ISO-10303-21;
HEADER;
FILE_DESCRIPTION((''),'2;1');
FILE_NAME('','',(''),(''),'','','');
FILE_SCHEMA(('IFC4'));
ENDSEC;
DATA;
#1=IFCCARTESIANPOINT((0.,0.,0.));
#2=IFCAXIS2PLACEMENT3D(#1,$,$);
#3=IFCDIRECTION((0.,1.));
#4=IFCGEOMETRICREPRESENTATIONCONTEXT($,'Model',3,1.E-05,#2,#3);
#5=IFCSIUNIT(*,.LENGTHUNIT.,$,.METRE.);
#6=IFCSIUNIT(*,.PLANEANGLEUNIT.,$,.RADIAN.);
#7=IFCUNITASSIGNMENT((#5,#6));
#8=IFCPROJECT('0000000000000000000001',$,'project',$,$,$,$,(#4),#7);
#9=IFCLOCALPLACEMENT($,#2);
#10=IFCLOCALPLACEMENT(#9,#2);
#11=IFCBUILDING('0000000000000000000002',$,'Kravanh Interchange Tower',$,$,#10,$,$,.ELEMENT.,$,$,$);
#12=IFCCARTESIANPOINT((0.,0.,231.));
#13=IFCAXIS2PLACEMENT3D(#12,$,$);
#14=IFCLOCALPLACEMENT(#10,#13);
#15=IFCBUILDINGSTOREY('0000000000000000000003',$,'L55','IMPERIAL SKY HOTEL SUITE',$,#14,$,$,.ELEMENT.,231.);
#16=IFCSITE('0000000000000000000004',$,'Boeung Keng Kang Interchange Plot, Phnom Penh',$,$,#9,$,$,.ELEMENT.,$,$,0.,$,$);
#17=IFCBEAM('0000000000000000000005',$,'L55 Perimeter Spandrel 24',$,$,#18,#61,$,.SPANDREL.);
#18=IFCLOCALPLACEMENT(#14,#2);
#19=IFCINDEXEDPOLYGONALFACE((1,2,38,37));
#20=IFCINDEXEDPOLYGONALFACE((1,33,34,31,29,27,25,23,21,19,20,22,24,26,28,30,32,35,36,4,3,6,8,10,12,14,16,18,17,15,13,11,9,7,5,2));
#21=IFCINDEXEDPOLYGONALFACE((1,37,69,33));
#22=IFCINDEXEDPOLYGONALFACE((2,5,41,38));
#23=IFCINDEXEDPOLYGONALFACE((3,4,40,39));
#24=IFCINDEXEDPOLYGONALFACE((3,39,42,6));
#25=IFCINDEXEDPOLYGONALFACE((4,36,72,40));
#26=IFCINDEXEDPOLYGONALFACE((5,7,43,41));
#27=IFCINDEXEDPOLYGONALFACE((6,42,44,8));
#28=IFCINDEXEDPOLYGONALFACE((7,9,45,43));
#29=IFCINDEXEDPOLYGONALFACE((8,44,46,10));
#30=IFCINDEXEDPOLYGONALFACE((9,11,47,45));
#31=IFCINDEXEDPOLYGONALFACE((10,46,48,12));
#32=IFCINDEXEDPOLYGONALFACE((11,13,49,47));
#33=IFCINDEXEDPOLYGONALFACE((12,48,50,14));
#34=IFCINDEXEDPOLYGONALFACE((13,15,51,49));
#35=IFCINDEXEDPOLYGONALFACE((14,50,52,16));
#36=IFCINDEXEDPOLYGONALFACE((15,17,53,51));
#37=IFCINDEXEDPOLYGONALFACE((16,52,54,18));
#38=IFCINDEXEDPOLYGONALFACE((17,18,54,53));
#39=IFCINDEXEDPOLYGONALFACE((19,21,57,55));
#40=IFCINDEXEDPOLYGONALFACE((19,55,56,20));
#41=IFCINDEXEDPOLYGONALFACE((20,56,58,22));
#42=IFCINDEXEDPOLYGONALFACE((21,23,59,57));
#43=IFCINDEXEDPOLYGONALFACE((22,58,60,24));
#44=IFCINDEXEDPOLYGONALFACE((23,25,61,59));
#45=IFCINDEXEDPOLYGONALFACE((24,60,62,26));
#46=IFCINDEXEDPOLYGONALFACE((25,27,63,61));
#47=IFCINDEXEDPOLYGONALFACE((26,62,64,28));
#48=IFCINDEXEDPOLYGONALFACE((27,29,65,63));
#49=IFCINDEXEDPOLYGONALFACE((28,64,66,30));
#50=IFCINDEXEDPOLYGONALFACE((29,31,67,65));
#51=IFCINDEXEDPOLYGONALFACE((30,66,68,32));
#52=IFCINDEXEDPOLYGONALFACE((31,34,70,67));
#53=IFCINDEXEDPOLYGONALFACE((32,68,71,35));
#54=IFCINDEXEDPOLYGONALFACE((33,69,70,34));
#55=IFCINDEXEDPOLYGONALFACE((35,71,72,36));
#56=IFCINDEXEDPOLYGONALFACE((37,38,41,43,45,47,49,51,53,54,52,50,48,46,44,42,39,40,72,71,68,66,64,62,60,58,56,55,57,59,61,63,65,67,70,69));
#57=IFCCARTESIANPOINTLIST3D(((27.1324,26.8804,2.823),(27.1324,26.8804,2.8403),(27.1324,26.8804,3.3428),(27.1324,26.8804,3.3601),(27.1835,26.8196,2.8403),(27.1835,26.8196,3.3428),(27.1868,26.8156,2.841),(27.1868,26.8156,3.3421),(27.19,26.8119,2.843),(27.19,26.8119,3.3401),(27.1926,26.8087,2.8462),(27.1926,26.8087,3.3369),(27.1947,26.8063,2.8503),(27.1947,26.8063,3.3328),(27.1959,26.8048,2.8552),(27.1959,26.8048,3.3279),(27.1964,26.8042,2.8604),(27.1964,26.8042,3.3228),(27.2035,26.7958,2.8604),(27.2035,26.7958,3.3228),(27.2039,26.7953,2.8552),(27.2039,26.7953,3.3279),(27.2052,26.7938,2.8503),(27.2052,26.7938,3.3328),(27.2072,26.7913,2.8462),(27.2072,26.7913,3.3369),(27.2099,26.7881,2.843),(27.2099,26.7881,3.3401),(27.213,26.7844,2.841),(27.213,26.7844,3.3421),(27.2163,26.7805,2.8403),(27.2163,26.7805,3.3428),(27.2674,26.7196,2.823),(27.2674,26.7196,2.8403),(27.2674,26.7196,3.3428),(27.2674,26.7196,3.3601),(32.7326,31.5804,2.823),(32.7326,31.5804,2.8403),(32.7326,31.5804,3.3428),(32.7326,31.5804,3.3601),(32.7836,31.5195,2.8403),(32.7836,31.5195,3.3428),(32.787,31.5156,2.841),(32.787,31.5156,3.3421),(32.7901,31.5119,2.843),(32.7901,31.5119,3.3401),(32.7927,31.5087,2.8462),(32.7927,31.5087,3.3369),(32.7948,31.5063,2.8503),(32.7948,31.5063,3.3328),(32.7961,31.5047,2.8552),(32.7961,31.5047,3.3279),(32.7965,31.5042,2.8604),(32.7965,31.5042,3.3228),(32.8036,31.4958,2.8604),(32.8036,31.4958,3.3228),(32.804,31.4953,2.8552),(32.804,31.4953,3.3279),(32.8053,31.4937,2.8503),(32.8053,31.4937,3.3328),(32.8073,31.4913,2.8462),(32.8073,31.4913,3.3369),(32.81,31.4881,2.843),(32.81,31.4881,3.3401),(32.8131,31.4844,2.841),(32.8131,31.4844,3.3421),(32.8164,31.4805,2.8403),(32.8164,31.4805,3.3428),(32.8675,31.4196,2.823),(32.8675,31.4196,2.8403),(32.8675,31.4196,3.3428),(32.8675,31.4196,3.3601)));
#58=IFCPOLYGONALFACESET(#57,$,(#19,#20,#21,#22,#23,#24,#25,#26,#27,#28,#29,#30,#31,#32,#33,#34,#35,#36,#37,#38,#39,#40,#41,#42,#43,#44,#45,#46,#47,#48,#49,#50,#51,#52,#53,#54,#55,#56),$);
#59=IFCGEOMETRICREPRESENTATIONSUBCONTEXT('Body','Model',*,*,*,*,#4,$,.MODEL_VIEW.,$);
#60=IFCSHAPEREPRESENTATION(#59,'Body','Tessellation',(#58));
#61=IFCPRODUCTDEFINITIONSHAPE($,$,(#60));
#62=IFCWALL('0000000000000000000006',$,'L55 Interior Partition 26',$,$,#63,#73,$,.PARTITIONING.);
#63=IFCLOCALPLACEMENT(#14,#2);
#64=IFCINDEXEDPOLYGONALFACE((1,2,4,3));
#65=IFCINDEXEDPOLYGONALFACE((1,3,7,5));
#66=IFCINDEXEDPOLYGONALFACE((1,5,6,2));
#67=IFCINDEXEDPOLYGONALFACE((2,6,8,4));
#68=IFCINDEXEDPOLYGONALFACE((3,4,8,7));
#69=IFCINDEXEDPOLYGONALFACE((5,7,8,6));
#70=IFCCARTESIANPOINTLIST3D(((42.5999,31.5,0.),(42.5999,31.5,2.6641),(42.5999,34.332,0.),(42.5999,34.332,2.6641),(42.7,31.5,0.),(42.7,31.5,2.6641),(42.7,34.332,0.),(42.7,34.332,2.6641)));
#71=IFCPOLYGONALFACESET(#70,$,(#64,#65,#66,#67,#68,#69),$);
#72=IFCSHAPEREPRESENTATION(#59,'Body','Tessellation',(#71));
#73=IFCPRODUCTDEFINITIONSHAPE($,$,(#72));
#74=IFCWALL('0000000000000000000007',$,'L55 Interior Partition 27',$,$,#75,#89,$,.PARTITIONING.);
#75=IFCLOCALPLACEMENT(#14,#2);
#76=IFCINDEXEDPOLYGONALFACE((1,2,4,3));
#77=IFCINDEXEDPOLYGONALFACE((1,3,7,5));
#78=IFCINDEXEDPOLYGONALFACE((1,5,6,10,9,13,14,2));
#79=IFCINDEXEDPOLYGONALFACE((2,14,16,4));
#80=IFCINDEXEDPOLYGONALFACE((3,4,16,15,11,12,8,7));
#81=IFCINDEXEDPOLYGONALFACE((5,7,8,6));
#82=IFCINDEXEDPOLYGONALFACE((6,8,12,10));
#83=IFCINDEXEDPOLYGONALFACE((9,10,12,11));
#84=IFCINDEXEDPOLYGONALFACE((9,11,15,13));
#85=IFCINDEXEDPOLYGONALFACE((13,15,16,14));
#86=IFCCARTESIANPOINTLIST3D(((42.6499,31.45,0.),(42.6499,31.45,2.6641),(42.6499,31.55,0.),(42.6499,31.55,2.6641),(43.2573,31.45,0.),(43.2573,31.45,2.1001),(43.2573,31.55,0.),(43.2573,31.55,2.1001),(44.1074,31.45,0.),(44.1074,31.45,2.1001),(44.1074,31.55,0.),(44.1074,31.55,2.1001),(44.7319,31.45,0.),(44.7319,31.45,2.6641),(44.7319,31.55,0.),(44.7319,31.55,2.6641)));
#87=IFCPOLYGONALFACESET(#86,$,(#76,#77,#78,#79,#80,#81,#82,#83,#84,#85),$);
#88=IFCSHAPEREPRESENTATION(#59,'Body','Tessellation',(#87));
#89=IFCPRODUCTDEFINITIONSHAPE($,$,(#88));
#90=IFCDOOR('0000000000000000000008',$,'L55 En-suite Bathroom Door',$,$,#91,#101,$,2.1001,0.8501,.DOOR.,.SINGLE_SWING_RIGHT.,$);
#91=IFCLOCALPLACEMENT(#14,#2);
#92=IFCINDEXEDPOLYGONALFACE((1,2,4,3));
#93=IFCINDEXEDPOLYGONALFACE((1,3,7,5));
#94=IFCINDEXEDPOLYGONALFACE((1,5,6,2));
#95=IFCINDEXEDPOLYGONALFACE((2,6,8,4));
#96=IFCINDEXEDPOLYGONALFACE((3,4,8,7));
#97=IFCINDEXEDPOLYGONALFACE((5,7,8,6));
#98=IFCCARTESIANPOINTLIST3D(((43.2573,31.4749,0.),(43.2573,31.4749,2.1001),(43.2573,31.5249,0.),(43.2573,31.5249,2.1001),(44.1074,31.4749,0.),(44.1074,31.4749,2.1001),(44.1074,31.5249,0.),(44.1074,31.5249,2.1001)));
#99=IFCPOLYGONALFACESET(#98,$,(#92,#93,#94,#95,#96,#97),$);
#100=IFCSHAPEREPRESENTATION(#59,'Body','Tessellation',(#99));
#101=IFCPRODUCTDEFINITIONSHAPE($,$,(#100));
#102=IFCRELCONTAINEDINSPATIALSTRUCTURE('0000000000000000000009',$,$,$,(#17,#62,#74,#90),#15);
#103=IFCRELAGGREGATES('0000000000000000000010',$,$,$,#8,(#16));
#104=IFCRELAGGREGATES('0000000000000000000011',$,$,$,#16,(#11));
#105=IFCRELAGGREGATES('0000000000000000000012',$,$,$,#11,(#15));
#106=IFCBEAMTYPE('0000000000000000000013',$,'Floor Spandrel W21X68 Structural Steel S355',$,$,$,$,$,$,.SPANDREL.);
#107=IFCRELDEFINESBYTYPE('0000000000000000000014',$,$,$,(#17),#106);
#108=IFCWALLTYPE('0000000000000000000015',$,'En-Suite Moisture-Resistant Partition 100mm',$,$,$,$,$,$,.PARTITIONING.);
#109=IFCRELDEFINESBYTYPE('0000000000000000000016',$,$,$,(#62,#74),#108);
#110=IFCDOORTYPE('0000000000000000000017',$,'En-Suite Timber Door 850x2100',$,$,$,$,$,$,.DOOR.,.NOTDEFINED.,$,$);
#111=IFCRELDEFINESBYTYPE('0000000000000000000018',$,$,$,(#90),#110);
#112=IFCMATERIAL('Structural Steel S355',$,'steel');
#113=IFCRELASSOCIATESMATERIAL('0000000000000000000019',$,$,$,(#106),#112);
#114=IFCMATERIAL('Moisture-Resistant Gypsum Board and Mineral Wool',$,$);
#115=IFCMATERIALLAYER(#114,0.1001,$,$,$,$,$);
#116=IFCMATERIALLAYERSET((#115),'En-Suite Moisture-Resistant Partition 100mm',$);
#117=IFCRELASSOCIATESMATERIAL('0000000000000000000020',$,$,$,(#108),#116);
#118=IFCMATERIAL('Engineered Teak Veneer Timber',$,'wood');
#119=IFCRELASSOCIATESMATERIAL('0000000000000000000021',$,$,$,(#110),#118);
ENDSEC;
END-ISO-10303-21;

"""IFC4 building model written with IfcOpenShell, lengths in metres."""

from ifc_helpers import new_model, si_unit, direction, frame, frame_2d, origin, origin_2d, place, context, subcontext, project, spatial, rectangle, i_section, extrude, material, layer, layer_set, material_profile, profile_set, type_object, element, fill, save


model = new_model("IFC4")

# Units and contexts
model_context = context("Model", 3, precision=1e-05, world=origin(), true_north=direction((0.0, 1.0)))
body_context = subcontext(model_context, "Body", "Model", "MODEL_VIEW")
ifc_project = project(units=[si_unit("LENGTHUNIT", "METRE"), si_unit("PLANEANGLEUNIT", "RADIAN")], contexts=[model_context])

# Site, building, storey
site_placement = place(None, origin())
site = spatial("IfcSite", under=ifc_project, at=site_placement, Name="Boeung Keng Kang Interchange Plot, Phnom Penh", CompositionType="ELEMENT", RefElevation=0.0)
building_placement = place(site_placement, origin())
building = spatial("IfcBuilding", under=site, at=building_placement, Name="Kravanh Interchange Tower", CompositionType="ELEMENT")
storey_placement = place(building_placement, frame((0.0, 0.0, 231.0)))
storey = spatial("IfcBuildingStorey", under=building, at=storey_placement, Name="L55", Description="IMPERIAL SKY HOTEL SUITE", CompositionType="ELEMENT", Elevation=231.0)

# Beam
ifc_material_1 = material(Name="Structural Steel S355", Category="steel")
ifc_material_profile_1 = material_profile(ifc_material_1, i_section(OverallWidth=0.21, OverallDepth=0.5371, WebThickness=0.011, FlangeThickness=0.0173, FilletRadius=0.02, at=origin_2d()), Name="W21X68")
ifc_profile_set_1 = profile_set([ifc_material_profile_1], Name="Structural Steel S355")
beam_type_1 = type_object("IfcBeamType", Name="Floor Spandrel W21X68 Structural Steel S355", PredefinedType="SPANDREL", material=ifc_profile_set_1)
beam_1_placement = place(storey_placement, frame((32.8, 31.5, 3.0916), z_axis=(-0.765983, -0.642861, 0.0), x_axis=(0.642861, -0.765983, 0.0)))
element("IfcBeam", 1, at=beam_1_placement, inside=storey, type_object=beam_type_1, Name="L55 Perimeter Spandrel 24", PredefinedType="SPANDREL", context=body_context, shape_type="SweptSolid", body=[
    extrude(i_section(OverallWidth=0.21, OverallDepth=0.5371, WebThickness=0.011, FlangeThickness=0.0173, FilletRadius=0.02, at=origin_2d()), origin(), (0.0, 0.0, 1.0), 7.311),
])

# Wall
ifc_material_2 = material(Name="Moisture-Resistant Gypsum Board and Mineral Wool")
ifc_layer_1 = layer(ifc_material_2, 0.1001)
ifc_layer_set_1 = layer_set([ifc_layer_1], Name="En-Suite Moisture-Resistant Partition 100mm")
wall_type = type_object("IfcWallType", Name="En-Suite Moisture-Resistant Partition 100mm", PredefinedType="PARTITIONING", material=ifc_layer_set_1)
wall_1_placement = place(storey_placement, frame((42.6499, 31.5, 0.0), z_axis=(0.0, 0.0, 1.0), x_axis=(0.0, 1.0, 0.0)))
element("IfcWall", 2, at=wall_1_placement, inside=storey, type_object=wall_type, Name="L55 Interior Partition 26", PredefinedType="PARTITIONING", context=body_context, shape_type="SweptSolid", body=[
    extrude(rectangle(XDim=2.832, YDim=0.1001, at=frame_2d((1.416, 0.0))), origin(), (0.0, 0.0, 1.0), 2.6641),
])

# Wall, opening, door
wall_2_placement = place(storey_placement, frame((42.6499, 31.5, 0.0), z_axis=(0.0, 0.0, 1.0), x_axis=(1.0, 0.0, 0.0)))
wall_2 = element("IfcWall", 3, at=wall_2_placement, inside=storey, type_object=wall_type, Name="L55 Interior Partition 27", PredefinedType="PARTITIONING", context=body_context, shape_type="SweptSolid", body=[
    extrude(rectangle(XDim=2.082, YDim=0.1001, at=frame_2d((1.041, 0.0))), origin(), (0.0, 0.0, 1.0), 2.6641),
])
opening_placement = place(wall_2_placement, frame((0.6074, 0.0, 0.0)))
opening = element("IfcOpeningElement", 4, at=opening_placement, cuts=wall_2, PredefinedType="OPENING", context=body_context, shape_type="SweptSolid", body=[
    extrude(rectangle(XDim=0.8501, YDim=2.1001, at=frame_2d((0.425, 1.05))), frame((0.0, 0.0601, 0.0), z_axis=(0.0, -1.0, 0.0), x_axis=(1.0, 0.0, 0.0)), (0.0, 0.0, 1.0), 0.1201),
])
ifc_material_3 = material(Name="Engineered Teak Veneer Timber", Category="wood")
door_type = type_object("IfcDoorType", Name="En-Suite Timber Door 850x2100", OperationType="NOTDEFINED", PredefinedType="DOOR", material=ifc_material_3)
door_placement = place(opening_placement, origin())
door = element("IfcDoor", 5, at=door_placement, inside=storey, type_object=door_type, Name="L55 En-suite Bathroom Door", OperationType="SINGLE_SWING_RIGHT", OverallHeight=2.1001, OverallWidth=0.8501, PredefinedType="DOOR", context=body_context, shape_type="SweptSolid", body=[
    extrude(rectangle(XDim=0.8501, YDim=2.1001, at=frame_2d((0.425, 1.05))), frame((0.0, 0.0249, 0.0), z_axis=(0.0, -1.0, 0.0), x_axis=(1.0, 0.0, 0.0)), (0.0, 0.0, 1.0), 0.05),
])
fill(opening, door)

save(model, "model.ifc")
